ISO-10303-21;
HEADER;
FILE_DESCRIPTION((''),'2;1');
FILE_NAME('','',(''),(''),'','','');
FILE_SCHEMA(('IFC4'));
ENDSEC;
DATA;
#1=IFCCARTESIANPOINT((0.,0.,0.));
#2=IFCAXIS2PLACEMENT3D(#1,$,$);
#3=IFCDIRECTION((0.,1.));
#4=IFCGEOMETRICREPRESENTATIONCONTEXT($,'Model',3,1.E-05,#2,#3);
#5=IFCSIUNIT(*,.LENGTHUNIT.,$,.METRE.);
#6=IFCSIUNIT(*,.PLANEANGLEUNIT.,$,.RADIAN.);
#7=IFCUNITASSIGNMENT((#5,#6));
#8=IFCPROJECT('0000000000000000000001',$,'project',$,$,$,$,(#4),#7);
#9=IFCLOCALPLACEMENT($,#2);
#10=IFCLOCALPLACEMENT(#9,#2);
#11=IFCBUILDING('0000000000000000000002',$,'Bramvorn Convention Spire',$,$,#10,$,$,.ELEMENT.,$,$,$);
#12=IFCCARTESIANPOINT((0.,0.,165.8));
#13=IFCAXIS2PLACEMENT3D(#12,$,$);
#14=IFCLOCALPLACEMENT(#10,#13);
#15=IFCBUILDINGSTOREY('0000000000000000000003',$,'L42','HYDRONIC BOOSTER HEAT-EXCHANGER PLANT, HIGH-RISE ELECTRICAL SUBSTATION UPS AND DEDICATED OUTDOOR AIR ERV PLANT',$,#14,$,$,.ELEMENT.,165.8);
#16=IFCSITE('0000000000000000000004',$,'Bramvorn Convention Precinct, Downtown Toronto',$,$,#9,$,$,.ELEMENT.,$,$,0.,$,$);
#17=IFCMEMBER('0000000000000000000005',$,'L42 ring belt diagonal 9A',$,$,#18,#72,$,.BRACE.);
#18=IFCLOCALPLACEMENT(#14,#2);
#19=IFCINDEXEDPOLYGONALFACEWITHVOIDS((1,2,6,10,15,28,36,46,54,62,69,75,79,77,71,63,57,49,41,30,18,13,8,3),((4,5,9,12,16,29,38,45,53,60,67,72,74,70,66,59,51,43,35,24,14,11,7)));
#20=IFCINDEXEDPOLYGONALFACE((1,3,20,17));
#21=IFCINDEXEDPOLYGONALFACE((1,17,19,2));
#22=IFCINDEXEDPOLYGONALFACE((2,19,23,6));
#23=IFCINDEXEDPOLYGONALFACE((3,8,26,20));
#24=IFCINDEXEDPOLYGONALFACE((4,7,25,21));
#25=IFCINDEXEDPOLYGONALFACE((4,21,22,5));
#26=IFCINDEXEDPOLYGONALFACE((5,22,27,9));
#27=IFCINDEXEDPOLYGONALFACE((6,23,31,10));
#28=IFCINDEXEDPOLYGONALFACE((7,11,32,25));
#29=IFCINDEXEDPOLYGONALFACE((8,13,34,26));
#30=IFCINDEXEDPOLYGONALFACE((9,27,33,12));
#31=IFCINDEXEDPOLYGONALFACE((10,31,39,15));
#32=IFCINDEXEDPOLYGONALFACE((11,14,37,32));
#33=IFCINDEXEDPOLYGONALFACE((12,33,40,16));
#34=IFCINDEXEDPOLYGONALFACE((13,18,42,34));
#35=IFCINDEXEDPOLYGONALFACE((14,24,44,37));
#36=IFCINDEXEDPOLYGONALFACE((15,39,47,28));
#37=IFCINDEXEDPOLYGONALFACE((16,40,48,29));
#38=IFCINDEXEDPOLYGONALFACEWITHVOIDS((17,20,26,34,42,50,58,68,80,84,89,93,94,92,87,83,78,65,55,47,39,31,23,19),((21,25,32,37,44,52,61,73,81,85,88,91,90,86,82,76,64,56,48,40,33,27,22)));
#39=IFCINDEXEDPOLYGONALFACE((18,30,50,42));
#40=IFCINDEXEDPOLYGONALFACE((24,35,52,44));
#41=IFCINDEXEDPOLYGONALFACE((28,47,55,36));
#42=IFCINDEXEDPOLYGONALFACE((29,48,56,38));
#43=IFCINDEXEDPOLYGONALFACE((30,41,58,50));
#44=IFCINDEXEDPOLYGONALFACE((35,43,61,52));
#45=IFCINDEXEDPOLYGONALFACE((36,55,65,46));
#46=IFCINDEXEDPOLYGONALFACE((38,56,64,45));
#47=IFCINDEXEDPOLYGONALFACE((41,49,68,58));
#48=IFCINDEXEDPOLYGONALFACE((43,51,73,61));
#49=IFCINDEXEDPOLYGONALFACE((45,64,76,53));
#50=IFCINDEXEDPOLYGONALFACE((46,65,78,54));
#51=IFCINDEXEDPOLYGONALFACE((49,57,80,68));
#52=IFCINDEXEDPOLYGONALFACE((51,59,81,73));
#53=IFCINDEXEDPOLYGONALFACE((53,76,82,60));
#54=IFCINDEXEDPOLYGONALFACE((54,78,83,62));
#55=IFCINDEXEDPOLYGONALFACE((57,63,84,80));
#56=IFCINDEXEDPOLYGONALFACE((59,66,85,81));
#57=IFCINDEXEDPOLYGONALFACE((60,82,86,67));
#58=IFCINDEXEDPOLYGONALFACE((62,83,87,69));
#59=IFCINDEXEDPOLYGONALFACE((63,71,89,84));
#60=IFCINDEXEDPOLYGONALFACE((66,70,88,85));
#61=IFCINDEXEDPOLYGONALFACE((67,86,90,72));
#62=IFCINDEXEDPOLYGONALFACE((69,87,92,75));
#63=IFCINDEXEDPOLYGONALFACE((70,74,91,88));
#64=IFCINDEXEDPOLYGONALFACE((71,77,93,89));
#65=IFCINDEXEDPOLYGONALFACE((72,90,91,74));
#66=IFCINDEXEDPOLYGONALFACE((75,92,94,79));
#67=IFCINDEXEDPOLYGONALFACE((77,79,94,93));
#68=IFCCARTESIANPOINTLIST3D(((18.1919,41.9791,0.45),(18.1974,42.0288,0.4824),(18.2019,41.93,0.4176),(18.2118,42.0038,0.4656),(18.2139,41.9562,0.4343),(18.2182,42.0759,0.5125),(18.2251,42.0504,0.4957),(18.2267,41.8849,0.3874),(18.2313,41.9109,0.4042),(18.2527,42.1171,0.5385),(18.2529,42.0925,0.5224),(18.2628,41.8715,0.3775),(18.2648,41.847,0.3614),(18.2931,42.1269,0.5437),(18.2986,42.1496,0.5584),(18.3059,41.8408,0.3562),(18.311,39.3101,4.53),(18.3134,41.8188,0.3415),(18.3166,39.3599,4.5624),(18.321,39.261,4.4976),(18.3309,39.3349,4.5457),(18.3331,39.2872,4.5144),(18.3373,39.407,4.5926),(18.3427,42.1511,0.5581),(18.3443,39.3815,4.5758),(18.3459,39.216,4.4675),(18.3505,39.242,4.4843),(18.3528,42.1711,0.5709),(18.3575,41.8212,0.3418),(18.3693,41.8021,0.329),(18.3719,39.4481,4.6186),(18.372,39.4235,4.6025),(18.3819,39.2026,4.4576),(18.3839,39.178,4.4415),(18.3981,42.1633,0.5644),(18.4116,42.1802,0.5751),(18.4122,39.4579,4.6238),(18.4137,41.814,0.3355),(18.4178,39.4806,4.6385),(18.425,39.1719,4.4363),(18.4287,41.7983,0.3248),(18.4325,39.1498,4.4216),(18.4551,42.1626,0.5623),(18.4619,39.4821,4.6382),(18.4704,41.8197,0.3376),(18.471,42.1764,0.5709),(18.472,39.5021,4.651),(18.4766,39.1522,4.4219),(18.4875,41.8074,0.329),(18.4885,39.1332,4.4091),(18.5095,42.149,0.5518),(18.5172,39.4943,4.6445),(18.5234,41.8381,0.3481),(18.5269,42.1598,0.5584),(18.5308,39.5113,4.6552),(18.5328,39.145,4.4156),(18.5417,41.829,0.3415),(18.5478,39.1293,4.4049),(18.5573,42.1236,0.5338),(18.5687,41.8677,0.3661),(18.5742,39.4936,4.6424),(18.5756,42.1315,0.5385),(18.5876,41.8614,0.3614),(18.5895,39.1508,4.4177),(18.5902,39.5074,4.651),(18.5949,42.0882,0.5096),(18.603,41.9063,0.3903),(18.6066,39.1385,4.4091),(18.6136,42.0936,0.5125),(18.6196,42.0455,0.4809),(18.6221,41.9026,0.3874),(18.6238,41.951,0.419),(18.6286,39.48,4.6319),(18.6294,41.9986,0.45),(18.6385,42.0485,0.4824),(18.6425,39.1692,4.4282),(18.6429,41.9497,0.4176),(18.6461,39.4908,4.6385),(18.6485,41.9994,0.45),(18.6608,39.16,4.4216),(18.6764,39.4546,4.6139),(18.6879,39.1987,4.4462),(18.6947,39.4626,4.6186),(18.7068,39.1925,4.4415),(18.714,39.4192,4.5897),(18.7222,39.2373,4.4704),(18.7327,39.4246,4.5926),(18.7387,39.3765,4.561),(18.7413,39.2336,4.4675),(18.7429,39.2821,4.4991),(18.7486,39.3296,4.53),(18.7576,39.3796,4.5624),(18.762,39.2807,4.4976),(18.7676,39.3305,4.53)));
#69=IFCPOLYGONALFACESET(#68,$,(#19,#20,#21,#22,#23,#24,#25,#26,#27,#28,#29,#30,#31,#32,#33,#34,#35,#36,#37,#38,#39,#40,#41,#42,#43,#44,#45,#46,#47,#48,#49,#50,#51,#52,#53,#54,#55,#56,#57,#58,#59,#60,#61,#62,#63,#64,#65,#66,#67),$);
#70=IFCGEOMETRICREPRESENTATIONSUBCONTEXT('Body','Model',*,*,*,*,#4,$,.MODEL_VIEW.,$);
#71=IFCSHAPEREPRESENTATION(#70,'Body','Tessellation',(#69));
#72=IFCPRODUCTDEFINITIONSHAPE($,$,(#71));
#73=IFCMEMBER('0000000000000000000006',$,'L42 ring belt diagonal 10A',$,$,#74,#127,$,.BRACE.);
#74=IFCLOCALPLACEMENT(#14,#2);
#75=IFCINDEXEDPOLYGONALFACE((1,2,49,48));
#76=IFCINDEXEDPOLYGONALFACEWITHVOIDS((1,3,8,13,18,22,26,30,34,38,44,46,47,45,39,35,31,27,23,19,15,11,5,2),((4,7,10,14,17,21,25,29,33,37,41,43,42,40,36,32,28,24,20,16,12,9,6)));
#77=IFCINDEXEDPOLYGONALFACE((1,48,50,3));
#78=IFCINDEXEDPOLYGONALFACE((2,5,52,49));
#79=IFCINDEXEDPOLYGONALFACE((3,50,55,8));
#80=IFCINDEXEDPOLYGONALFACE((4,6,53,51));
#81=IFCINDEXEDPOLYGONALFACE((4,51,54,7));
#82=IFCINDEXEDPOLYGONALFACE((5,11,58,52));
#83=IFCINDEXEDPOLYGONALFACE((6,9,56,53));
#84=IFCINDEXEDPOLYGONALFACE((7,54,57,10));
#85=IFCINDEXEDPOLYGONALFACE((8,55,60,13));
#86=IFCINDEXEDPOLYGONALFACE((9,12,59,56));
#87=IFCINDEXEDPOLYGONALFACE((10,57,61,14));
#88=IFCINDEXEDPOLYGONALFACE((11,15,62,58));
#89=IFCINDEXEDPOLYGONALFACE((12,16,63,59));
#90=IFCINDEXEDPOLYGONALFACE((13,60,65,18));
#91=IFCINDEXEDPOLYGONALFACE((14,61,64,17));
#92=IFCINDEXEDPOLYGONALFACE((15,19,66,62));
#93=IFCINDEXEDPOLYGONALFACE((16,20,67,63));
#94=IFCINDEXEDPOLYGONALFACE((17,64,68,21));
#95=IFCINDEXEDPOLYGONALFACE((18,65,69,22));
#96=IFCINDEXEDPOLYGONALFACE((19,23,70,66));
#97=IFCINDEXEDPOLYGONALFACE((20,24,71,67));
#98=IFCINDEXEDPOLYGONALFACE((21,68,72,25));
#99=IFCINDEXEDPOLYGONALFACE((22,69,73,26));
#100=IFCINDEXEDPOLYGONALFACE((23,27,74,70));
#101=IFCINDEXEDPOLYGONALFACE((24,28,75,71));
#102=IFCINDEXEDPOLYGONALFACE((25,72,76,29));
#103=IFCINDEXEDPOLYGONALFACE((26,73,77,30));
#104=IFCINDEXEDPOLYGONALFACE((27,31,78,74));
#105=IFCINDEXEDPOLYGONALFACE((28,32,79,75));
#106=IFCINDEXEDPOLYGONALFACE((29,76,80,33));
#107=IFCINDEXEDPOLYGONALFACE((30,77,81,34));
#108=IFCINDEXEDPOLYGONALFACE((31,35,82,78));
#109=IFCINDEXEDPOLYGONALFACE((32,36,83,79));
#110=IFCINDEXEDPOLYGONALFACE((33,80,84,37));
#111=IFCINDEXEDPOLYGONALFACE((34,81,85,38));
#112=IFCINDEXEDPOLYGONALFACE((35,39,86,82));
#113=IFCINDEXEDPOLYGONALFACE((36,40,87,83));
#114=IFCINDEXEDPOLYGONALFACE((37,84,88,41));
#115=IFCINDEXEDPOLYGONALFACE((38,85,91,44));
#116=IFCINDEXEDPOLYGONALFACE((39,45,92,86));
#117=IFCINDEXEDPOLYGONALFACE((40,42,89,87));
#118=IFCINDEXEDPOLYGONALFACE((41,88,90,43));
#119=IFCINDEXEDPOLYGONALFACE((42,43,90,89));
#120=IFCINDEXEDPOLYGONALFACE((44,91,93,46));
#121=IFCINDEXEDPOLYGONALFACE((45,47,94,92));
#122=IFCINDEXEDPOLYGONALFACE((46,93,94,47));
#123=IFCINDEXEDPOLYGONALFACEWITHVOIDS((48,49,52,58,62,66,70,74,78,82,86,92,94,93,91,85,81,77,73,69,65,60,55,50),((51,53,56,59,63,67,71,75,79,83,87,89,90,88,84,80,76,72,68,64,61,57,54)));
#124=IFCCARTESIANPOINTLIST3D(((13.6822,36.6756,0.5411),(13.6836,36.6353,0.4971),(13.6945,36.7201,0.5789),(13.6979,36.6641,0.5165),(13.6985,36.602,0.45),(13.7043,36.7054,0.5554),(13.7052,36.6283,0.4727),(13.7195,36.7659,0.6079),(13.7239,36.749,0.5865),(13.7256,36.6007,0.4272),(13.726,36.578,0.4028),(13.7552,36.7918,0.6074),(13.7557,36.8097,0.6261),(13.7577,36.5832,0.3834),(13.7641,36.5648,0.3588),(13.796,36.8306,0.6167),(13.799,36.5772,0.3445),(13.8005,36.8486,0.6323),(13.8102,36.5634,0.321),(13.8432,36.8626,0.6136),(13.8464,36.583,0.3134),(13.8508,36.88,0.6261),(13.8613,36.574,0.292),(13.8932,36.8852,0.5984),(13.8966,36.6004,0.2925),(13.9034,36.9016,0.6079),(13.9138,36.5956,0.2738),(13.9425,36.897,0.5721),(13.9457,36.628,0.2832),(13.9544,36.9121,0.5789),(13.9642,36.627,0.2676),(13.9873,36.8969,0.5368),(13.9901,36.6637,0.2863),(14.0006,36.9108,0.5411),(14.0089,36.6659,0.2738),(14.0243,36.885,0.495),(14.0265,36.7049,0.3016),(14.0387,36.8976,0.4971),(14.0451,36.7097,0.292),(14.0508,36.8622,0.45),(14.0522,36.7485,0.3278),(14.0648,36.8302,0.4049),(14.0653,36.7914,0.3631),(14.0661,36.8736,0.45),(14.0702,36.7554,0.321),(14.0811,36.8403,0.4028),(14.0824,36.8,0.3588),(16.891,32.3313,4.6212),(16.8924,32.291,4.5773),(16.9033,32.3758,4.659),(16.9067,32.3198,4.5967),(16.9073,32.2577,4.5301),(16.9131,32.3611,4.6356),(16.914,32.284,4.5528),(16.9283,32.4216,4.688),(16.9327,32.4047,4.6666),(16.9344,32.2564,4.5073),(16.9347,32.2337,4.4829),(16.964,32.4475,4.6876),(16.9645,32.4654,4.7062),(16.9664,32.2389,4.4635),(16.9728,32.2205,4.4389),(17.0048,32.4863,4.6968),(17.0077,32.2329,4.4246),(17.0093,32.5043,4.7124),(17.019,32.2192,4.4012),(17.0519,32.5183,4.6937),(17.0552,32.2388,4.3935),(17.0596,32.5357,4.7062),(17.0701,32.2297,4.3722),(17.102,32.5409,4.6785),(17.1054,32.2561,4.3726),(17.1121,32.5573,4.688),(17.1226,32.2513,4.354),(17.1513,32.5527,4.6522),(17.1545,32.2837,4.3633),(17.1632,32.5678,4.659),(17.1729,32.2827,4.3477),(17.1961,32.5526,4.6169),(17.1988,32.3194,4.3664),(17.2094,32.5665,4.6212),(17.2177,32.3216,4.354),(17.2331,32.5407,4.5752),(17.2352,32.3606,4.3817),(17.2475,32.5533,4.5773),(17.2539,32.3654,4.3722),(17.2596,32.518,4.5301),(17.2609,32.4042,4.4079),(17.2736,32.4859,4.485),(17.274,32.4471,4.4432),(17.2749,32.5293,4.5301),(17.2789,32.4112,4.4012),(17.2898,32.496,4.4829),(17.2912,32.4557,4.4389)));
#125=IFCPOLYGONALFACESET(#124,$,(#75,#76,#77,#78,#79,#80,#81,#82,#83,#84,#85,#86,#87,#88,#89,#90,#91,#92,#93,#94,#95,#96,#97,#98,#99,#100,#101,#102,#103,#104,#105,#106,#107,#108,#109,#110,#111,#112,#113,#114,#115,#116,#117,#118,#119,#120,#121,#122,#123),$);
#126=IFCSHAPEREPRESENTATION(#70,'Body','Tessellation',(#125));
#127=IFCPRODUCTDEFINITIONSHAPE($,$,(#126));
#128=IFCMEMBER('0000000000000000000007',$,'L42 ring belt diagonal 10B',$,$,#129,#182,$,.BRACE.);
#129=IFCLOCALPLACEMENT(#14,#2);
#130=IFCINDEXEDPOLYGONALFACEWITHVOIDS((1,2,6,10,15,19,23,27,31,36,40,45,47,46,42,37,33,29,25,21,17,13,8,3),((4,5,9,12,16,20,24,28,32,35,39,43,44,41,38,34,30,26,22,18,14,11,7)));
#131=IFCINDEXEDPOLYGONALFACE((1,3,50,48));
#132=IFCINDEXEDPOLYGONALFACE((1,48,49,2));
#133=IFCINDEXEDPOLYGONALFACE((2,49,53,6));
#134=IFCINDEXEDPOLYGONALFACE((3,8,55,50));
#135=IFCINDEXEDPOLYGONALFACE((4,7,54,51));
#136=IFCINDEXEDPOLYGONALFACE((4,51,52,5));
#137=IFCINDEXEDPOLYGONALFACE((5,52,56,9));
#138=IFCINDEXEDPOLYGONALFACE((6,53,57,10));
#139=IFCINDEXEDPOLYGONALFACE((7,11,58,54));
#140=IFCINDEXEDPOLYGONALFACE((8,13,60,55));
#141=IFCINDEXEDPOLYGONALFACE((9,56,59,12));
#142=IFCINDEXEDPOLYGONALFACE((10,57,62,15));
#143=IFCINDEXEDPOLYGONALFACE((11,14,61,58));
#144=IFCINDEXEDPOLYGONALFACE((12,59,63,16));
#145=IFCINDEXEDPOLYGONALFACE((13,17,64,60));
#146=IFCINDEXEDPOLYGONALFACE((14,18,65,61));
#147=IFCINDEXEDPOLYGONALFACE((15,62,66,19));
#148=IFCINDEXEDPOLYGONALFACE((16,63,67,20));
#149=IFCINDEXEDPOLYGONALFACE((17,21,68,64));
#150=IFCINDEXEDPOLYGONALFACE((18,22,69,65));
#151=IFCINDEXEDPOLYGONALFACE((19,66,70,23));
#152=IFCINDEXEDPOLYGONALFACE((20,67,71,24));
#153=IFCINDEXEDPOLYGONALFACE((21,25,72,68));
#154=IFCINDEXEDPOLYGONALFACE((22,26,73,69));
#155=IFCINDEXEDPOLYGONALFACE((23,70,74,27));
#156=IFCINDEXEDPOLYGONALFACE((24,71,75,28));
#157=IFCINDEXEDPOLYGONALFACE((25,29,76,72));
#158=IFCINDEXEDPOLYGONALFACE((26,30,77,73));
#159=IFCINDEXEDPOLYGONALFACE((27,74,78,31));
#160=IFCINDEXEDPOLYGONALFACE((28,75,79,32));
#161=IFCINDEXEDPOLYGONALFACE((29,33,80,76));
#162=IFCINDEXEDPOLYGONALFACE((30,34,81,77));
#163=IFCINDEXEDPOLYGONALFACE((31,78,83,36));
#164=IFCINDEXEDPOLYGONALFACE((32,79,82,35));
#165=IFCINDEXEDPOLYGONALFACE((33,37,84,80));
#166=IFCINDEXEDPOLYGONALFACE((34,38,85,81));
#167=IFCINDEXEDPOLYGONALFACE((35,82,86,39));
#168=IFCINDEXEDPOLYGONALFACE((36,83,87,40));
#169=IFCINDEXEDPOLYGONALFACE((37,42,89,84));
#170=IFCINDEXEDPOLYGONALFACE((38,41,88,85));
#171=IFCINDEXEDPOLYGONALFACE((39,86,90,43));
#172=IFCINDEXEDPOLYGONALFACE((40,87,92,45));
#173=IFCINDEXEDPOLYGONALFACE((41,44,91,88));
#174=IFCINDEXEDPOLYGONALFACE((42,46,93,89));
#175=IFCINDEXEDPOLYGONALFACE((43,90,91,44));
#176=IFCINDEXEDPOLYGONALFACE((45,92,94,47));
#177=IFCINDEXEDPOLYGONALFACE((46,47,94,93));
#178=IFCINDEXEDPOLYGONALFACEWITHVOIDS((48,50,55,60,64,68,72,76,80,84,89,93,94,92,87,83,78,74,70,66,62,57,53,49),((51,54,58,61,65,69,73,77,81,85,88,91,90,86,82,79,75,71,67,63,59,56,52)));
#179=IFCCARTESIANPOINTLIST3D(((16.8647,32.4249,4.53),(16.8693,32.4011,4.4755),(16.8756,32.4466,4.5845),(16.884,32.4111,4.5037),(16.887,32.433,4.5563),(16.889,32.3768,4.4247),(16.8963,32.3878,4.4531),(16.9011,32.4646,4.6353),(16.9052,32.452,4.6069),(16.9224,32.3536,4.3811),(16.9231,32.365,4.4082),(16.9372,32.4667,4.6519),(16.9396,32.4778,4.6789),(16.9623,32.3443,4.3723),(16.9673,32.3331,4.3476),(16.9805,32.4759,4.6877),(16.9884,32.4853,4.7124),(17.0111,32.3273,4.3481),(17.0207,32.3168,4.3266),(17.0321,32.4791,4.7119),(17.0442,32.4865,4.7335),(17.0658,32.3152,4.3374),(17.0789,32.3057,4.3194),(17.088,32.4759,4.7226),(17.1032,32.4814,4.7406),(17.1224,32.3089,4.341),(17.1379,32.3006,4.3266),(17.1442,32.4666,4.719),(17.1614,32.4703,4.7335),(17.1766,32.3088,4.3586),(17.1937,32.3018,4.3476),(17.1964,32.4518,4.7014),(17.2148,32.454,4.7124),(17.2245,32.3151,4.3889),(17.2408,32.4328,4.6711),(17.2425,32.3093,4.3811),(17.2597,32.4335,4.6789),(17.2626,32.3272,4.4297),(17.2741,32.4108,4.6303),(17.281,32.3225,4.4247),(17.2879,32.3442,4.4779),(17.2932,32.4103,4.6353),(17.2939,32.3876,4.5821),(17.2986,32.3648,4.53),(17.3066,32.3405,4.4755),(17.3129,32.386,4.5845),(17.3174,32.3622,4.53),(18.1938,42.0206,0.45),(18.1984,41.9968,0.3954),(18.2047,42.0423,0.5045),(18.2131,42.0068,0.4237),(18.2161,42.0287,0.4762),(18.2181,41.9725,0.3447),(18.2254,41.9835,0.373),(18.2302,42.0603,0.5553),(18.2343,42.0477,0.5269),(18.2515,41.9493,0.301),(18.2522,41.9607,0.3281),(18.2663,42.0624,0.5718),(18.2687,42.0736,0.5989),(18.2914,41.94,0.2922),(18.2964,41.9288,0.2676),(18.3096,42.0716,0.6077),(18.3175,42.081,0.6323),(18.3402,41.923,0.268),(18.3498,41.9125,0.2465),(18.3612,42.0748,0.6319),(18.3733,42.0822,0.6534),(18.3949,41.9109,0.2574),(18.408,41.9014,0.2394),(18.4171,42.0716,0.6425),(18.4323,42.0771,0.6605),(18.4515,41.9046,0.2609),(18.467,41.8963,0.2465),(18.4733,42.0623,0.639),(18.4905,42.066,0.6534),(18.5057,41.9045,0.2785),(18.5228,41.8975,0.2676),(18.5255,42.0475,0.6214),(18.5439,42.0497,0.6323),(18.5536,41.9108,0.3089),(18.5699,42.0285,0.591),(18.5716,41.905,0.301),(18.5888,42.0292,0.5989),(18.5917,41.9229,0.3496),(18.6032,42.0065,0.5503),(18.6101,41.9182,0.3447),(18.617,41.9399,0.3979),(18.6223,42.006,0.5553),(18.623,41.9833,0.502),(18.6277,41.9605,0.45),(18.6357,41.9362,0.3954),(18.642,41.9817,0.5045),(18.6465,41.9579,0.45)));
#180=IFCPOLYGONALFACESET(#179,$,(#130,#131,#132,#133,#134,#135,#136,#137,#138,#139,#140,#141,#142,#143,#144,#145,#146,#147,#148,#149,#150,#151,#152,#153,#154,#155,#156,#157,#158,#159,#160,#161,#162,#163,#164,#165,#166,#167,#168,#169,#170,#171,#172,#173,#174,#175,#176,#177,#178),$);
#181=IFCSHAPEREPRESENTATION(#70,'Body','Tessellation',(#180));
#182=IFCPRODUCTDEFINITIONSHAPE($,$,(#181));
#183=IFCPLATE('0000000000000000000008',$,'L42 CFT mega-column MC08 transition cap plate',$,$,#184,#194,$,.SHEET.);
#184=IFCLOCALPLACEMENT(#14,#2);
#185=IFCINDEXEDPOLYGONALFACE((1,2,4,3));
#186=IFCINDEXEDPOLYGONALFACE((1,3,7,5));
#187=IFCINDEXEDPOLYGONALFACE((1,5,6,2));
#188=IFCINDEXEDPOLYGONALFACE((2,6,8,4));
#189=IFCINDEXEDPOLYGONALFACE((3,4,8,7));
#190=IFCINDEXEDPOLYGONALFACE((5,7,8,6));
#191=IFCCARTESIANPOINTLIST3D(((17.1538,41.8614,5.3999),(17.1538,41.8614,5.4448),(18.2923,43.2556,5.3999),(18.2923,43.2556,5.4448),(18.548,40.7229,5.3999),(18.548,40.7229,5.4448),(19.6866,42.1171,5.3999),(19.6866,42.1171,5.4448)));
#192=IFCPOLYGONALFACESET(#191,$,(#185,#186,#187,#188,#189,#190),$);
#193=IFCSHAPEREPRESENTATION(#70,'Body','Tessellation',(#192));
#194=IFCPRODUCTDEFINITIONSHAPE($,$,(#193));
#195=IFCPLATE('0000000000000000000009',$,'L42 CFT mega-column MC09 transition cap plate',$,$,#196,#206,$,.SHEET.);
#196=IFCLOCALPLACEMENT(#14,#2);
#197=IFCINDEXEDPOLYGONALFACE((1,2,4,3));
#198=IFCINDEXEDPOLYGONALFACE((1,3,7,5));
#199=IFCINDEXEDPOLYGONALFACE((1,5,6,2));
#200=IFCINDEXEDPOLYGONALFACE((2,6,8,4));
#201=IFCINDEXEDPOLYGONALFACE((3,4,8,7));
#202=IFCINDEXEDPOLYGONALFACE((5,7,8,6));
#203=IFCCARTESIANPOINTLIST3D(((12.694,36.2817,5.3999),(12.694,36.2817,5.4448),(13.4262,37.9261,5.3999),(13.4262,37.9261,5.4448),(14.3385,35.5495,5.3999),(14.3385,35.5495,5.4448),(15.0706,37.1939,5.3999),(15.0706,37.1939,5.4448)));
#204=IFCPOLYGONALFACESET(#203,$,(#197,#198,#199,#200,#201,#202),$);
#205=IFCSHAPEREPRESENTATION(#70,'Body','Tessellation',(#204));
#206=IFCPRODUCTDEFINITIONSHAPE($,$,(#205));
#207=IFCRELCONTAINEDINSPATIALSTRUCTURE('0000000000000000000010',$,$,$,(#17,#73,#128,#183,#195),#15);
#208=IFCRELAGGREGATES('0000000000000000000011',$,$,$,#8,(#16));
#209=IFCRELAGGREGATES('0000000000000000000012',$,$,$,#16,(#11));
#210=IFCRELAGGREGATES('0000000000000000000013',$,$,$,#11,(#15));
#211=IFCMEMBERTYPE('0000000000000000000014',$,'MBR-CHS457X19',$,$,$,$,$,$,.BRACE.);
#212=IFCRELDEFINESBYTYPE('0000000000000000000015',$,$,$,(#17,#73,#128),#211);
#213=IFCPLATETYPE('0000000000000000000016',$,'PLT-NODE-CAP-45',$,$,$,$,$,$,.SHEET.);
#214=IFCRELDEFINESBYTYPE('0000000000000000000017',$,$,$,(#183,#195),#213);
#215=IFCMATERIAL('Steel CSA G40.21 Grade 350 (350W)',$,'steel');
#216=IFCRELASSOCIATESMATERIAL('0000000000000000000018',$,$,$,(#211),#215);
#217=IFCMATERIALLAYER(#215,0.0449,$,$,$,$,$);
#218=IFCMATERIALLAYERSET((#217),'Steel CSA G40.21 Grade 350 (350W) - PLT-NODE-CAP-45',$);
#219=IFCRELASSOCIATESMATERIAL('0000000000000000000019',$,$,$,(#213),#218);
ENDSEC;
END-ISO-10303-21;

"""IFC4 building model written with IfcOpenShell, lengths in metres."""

from ifc_helpers import new_model, si_unit, direction, frame, origin, origin_2d, place, context, subcontext, project, spatial, rectangle, hollow_circle, extrude, material, layer, layer_set, material_profile, profile_set, type_object, element, save


model = new_model("IFC4")

# Units and contexts
model_context = context("Model", 3, precision=1e-05, world=origin(), true_north=direction((0.0, 1.0)))
body_context = subcontext(model_context, "Body", "Model", "MODEL_VIEW")
ifc_project = project(units=[si_unit("LENGTHUNIT", "METRE"), si_unit("PLANEANGLEUNIT", "RADIAN")], contexts=[model_context])

# Site, building, storey
site_placement = place(None, origin())
site = spatial("IfcSite", under=ifc_project, at=site_placement, Name="Bramvorn Convention Precinct, Downtown Toronto", CompositionType="ELEMENT", RefElevation=0.0)
building_placement = place(site_placement, origin())
building = spatial("IfcBuilding", under=site, at=building_placement, Name="Bramvorn Convention Spire", CompositionType="ELEMENT")
storey_placement = place(building_placement, frame((0.0, 0.0, 165.8)))
storey = spatial("IfcBuildingStorey", under=building, at=storey_placement, Name="L42", Description="HYDRONIC BOOSTER HEAT-EXCHANGER PLANT, HIGH-RISE ELECTRICAL SUBSTATION UPS AND DEDICATED OUTDOOR AIR ERV PLANT", CompositionType="ELEMENT", Elevation=165.8)

# Shared definitions
ifc_material_1 = material(Name="Steel CSA G40.21 Grade 350 (350W)", Category="steel")

# Members
ifc_material_profile_1 = material_profile(ifc_material_1, hollow_circle(Radius=0.2285, WallThickness=0.019, at=origin_2d()))
ifc_profile_set_1 = profile_set([ifc_material_profile_1], Name="Steel CSA G40.21 Grade 350 (350W) - CHS457X19")
member_type_1 = type_object("IfcMemberType", Name="MBR-CHS457X19", PredefinedType="BRACE", material=ifc_profile_set_1)
member_1_placement = place(storey_placement, frame((18.4202, 41.9893, 0.45), z_axis=(0.024429, -0.547259, 0.836607), x_axis=(0.999005, 0.044595, 0.0)))
element("IfcMember", 1, at=member_1_placement, inside=storey, type_object=member_type_1, Name="L42 ring belt diagonal 9A", PredefinedType="BRACE", context=body_context, shape_type="SweptSolid", body=[
    extrude(hollow_circle(Radius=0.2285, WallThickness=0.019, at=origin_2d()), origin(), (0.0, 0.0, 1.0), 4.877),
])
member_2_placement = place(storey_placement, frame((13.8823, 36.7378, 0.45), z_axis=(0.474055, -0.641812, 0.602785), x_axis=(0.804372, 0.594125, 0.0)))
element("IfcMember", 2, at=member_2_placement, inside=storey, type_object=member_type_1, Name="L42 ring belt diagonal 10A", PredefinedType="BRACE", context=body_context, shape_type="SweptSolid", body=[
    extrude(hollow_circle(Radius=0.2285, WallThickness=0.019, at=origin_2d()), origin(), (0.0, 0.0, 1.0), 6.7688),
])
member_3_placement = place(storey_placement, frame((18.4202, 41.9893, 0.45), z_axis=(-0.126443, -0.912879, 0.388155), x_axis=(0.990543, -0.1372, 0.0)))
element("IfcMember", 3, at=member_3_placement, inside=storey, type_object=member_type_1, Name="L42 ring belt diagonal 10B", PredefinedType="BRACE", context=body_context, shape_type="SweptSolid", body=[
    extrude(hollow_circle(Radius=0.2285, WallThickness=0.019, at=origin_2d()), origin(), (0.0, 0.0, 1.0), 10.5115),
])

# Plates
ifc_layer_1 = layer(ifc_material_1, 0.0449)
ifc_layer_set_1 = layer_set([ifc_layer_1], Name="Steel CSA G40.21 Grade 350 (350W) - PLT-NODE-CAP-45")
plate_type_1 = type_object("IfcPlateType", Name="PLT-NODE-CAP-45", PredefinedType="SHEET", material=ifc_layer_set_1)
for number, where, z_axis, x_axis, name in (
    (4, (18.4202, 41.9893, 5.3999), (0.0, 0.0, 1.0), (-0.774551, 0.632512, 0.0), "L42 CFT mega-column MC08 transition cap plate"),
    (5, (13.8823, 36.7378, 5.3999), (0.0, 0.0, 1.0), (-0.913546, 0.406735, 0.0), "L42 CFT mega-column MC09 transition cap plate"),
):
    element("IfcPlate", number, at=place(storey_placement, frame(where, z_axis=z_axis, x_axis=x_axis)), inside=storey, type_object=plate_type_1, Name=name, PredefinedType="SHEET", context=body_context, shape_type="SweptSolid", body=[
        extrude(rectangle(XDim=1.8, YDim=1.8, at=origin_2d()), origin(), (0.0, 0.0, 1.0), 0.0449),
    ])

save(model, "model.ifc")
